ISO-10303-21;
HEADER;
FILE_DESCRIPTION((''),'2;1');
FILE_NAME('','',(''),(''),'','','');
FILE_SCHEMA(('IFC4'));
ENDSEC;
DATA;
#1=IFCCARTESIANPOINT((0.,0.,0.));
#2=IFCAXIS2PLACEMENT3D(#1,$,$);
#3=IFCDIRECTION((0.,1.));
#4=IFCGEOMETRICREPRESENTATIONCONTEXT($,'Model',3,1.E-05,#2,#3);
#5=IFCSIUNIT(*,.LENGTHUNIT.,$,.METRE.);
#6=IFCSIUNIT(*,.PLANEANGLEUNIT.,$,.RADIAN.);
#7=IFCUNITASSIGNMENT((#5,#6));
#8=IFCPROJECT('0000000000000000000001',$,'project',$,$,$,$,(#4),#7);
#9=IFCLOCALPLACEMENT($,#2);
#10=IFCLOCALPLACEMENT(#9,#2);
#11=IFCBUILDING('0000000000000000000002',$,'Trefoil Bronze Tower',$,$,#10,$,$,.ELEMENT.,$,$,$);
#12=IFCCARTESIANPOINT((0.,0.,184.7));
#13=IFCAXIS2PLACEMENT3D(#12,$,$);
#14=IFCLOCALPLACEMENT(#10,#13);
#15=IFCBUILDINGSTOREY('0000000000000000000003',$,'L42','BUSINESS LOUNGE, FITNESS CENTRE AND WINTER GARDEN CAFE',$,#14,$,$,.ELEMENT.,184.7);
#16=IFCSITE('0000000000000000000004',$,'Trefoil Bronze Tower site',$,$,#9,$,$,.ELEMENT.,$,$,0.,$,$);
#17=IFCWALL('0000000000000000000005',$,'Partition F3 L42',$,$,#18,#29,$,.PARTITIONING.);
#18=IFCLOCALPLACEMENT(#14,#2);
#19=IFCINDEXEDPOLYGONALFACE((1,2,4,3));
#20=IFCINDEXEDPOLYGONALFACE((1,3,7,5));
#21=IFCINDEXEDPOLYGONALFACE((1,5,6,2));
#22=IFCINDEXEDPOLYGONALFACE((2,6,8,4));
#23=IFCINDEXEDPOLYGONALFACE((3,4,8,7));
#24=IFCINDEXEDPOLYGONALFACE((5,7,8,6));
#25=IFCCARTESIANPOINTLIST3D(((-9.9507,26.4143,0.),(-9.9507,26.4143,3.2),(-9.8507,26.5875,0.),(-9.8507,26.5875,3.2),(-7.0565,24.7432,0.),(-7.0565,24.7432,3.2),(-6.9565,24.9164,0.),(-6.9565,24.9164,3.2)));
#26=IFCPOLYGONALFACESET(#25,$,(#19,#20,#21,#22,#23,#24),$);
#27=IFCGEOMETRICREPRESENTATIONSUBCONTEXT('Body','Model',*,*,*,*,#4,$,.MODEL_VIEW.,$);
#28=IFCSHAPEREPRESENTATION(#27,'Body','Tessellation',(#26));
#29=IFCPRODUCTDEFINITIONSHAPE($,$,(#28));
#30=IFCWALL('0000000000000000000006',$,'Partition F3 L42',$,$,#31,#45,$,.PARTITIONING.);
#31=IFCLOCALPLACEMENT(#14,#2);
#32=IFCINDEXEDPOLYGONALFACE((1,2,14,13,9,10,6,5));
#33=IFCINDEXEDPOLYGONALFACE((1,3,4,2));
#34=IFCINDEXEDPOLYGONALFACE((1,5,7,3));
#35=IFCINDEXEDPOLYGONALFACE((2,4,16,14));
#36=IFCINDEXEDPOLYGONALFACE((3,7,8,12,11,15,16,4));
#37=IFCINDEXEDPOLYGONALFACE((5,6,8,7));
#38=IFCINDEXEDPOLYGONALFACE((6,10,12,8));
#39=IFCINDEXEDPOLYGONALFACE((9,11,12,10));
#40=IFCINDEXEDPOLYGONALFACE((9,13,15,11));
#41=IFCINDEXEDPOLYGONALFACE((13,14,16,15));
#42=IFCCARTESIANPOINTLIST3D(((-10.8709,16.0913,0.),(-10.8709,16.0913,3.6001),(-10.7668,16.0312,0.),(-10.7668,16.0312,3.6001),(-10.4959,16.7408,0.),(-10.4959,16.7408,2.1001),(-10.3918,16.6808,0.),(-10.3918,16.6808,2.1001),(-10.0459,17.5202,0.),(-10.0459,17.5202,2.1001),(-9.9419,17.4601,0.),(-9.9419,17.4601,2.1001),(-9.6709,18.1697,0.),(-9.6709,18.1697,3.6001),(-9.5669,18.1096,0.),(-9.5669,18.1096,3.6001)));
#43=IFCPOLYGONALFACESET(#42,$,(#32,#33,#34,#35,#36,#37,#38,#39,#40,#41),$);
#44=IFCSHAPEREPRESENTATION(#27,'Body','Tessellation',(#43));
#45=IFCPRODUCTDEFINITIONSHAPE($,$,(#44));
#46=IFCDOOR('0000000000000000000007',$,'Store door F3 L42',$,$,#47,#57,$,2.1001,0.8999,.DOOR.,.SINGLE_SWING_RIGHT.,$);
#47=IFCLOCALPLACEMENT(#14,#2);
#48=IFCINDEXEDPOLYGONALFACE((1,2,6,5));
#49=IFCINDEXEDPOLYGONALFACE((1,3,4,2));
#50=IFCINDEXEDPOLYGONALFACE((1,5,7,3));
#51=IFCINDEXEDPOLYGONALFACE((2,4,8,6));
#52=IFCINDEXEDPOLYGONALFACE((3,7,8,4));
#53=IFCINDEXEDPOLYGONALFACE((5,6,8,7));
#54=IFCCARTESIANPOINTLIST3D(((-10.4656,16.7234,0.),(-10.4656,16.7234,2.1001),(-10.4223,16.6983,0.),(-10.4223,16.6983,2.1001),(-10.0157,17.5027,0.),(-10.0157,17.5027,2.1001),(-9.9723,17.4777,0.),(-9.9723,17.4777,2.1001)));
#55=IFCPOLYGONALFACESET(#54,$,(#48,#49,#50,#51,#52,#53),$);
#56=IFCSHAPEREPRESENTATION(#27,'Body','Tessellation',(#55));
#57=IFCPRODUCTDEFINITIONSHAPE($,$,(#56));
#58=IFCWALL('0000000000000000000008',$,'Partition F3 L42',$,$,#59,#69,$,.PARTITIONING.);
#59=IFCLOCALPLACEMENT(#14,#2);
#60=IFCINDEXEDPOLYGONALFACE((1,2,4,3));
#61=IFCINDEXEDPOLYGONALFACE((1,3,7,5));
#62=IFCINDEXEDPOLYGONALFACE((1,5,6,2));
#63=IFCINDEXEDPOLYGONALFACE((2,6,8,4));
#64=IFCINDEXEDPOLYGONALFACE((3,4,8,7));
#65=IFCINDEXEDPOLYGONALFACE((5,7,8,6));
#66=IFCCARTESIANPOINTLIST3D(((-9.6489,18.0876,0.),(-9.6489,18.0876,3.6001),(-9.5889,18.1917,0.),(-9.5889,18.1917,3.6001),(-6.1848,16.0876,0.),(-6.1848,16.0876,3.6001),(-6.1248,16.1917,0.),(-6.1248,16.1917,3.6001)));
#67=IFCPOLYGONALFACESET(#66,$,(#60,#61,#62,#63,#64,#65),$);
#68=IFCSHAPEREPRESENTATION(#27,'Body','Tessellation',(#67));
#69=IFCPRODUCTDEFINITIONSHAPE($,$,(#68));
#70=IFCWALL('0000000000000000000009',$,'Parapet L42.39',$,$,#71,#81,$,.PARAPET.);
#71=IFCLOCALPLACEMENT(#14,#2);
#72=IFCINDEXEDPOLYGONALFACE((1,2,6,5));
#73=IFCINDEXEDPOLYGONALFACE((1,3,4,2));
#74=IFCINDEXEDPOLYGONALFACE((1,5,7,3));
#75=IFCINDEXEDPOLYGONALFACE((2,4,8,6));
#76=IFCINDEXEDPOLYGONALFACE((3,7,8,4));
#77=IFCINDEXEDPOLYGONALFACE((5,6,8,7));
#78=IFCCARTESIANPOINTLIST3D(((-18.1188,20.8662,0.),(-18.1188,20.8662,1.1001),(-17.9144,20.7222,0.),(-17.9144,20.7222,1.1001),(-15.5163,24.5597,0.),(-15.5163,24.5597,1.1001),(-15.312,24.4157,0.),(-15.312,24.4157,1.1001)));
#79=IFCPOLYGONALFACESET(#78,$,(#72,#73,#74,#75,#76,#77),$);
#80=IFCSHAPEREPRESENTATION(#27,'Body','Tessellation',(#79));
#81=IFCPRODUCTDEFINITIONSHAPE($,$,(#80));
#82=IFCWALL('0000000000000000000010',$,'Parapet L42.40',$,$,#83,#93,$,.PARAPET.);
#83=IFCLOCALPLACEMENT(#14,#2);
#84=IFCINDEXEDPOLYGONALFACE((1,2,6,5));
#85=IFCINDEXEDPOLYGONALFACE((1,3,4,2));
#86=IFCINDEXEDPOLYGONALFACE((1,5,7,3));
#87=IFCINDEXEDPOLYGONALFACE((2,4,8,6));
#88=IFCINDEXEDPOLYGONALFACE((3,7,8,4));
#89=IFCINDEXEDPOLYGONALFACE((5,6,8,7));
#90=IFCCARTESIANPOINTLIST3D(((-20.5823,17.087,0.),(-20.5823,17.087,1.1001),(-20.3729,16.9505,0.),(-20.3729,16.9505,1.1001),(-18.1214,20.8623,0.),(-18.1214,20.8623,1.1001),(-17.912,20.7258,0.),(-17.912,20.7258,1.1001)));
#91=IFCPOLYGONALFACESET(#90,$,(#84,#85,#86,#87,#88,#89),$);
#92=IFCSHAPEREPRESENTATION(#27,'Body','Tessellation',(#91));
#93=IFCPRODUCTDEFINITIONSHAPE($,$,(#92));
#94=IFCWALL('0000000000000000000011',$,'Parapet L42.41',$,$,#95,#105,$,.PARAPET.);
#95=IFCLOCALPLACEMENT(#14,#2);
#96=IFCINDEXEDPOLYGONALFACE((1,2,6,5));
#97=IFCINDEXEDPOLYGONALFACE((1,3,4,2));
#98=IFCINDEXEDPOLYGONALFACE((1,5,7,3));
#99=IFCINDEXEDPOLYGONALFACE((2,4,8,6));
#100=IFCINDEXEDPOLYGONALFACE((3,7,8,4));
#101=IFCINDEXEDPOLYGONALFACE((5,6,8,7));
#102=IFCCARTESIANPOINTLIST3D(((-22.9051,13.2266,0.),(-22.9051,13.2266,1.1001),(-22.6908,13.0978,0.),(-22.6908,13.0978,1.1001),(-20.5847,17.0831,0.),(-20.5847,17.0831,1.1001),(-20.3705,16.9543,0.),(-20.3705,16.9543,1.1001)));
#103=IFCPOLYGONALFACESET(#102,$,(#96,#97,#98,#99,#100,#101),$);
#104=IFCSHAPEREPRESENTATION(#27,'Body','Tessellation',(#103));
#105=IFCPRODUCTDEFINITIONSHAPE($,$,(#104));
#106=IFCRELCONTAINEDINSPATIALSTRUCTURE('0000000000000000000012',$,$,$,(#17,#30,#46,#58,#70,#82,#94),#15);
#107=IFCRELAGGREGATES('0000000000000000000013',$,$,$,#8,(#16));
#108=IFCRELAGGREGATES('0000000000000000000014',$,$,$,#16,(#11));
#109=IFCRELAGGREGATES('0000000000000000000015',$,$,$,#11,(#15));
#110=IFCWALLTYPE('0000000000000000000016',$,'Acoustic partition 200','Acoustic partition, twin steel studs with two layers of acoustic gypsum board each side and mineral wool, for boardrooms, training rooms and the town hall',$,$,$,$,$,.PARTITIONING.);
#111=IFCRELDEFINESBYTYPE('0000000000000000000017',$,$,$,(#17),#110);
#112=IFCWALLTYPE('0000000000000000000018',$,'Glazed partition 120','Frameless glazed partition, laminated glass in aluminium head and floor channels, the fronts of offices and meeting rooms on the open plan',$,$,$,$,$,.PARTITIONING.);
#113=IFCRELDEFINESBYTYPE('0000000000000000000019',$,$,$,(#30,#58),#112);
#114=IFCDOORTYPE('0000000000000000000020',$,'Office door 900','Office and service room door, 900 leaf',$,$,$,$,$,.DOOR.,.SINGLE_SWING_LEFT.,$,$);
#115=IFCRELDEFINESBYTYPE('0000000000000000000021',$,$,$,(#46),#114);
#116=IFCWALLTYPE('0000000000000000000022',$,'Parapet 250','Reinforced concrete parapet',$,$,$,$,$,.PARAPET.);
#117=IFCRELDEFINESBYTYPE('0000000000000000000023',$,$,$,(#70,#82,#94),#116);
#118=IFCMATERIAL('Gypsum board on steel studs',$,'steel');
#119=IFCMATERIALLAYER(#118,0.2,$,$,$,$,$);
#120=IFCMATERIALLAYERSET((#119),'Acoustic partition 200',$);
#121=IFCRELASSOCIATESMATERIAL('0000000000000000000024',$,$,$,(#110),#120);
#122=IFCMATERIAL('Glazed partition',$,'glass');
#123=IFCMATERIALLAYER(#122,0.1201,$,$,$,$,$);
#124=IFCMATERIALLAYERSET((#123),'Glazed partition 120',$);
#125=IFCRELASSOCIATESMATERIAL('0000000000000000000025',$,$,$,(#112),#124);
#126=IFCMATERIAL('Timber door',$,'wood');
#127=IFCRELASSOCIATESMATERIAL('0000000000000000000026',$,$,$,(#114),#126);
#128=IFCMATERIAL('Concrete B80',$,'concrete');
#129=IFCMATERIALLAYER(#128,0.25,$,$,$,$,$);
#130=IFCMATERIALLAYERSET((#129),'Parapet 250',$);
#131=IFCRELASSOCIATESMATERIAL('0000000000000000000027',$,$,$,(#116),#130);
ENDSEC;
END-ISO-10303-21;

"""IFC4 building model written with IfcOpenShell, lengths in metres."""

from ifc_helpers import new_model, si_unit, direction, frame, frame_2d, origin, place, context, subcontext, project, spatial, rectangle, extrude, material, layer, layer_set, type_object, element, fill, save


model = new_model("IFC4")

# Units and contexts
model_context = context("Model", 3, precision=1e-05, world=origin(), true_north=direction((0.0, 1.0)))
body_context = subcontext(model_context, "Body", "Model", "MODEL_VIEW")
ifc_project = project(units=[si_unit("LENGTHUNIT", "METRE"), si_unit("PLANEANGLEUNIT", "RADIAN")], contexts=[model_context])

# Site, building, storey
site_placement = place(None, origin())
site = spatial("IfcSite", under=ifc_project, at=site_placement, Name="Trefoil Bronze Tower site", CompositionType="ELEMENT", RefElevation=0.0)
building_placement = place(site_placement, origin())
building = spatial("IfcBuilding", under=site, at=building_placement, Name="Trefoil Bronze Tower", CompositionType="ELEMENT")
storey_placement = place(building_placement, frame((0.0, 0.0, 184.7)))
storey = spatial("IfcBuildingStorey", under=building, at=storey_placement, Name="L42", Description="BUSINESS LOUNGE, FITNESS CENTRE AND WINTER GARDEN CAFE", CompositionType="ELEMENT", Elevation=184.7)

# Shared definitions
ifc_material_1 = material(Name="Gypsum board on steel studs", Category="steel")
ifc_layer_1 = layer(ifc_material_1, 0.2)
ifc_layer_set_1 = layer_set([ifc_layer_1], Name="Acoustic partition 200")
wall_type_1 = type_object("IfcWallType", Name="Acoustic partition 200", Description="Acoustic partition, twin steel studs with two layers of acoustic gypsum board each side and mineral wool, for boardrooms, training rooms and the town hall", PredefinedType="PARTITIONING", material=ifc_layer_set_1)

# Wall
wall_1_placement = place(storey_placement, frame((-7.0066, 24.8298, 0.0), z_axis=(0.0, 0.0, 1.0), x_axis=(-0.866009, 0.500028, 0.0)))
element("IfcWall", 1, at=wall_1_placement, inside=storey, type_object=wall_type_1, Name="Partition F3 L42", PredefinedType="PARTITIONING", context=body_context, shape_type="SweptSolid", body=[
    extrude(rectangle(XDim=3.342, YDim=0.2, at=frame_2d((1.6709, 0.0))), origin(), (0.0, 0.0, 1.0), 3.2),
])

# Wall, opening, door
ifc_material_2 = material(Name="Glazed partition", Category="glass")
ifc_layer_2 = layer(ifc_material_2, 0.1201)
ifc_layer_set_2 = layer_set([ifc_layer_2], Name="Glazed partition 120")
wall_type_2 = type_object("IfcWallType", Name="Glazed partition 120", Description="Frameless glazed partition, laminated glass in aluminium head and floor channels, the fronts of offices and meeting rooms on the open plan", PredefinedType="PARTITIONING", material=ifc_layer_set_2)
wall_2_placement = place(storey_placement, frame((-9.6189, 18.1396, 0.0), z_axis=(0.0, 0.0, 1.0), x_axis=(-0.500001, -0.866025, 0.0)))
wall_2 = element("IfcWall", 2, at=wall_2_placement, inside=storey, type_object=wall_type_2, Name="Partition F3 L42", PredefinedType="PARTITIONING", context=body_context, shape_type="SweptSolid", body=[
    extrude(rectangle(XDim=2.3999, YDim=0.1201, at=frame_2d((1.2, 0.0))), origin(), (0.0, 0.0, 1.0), 3.6001),
])
opening_1_placement = place(wall_2_placement, frame((0.75, 0.0, 0.0)))
opening_1 = element("IfcOpeningElement", 3, at=opening_1_placement, cuts=wall_2, PredefinedType="OPENING", context=body_context, shape_type="SweptSolid", body=[
    extrude(rectangle(XDim=0.8999, YDim=2.1001, at=frame_2d((0.45, 1.05))), frame((0.0, 0.0701, 0.0), z_axis=(0.0, -1.0, 0.0), x_axis=(1.0, 0.0, 0.0)), (0.0, 0.0, 1.0), 0.1401),
])
ifc_material_3 = material(Name="Timber door", Category="wood")
door_type_1 = type_object("IfcDoorType", Name="Office door 900", Description="Office and service room door, 900 leaf", OperationType="SINGLE_SWING_LEFT", PredefinedType="DOOR", material=ifc_material_3)
door_1_placement = place(opening_1_placement, origin())
door_1 = element("IfcDoor", 4, at=door_1_placement, inside=storey, type_object=door_type_1, Name="Store door F3 L42", OperationType="SINGLE_SWING_RIGHT", OverallHeight=2.1001, OverallWidth=0.8999, PredefinedType="DOOR", context=body_context, shape_type="SweptSolid", body=[
    extrude(rectangle(XDim=0.8999, YDim=2.1001, at=frame_2d((0.45, 1.05))), frame((0.0, 0.0249, 0.0), z_axis=(0.0, -1.0, 0.0), x_axis=(1.0, 0.0, 0.0)), (0.0, 0.0, 1.0), 0.05),
])
fill(opening_1, door_1)

# Walls
wall_3_placement = place(storey_placement, frame((-6.1548, 16.1396, 0.0), z_axis=(0.0, 0.0, 1.0), x_axis=(-0.866026, 0.499999, 0.0)))
element("IfcWall", 5, at=wall_3_placement, inside=storey, type_object=wall_type_2, Name="Partition F3 L42", PredefinedType="PARTITIONING", context=body_context, shape_type="SweptSolid", body=[
    extrude(rectangle(XDim=4.0, YDim=0.1201, at=frame_2d((2.0, 0.0))), origin(), (0.0, 0.0, 1.0), 3.6001),
])
ifc_material_4 = material(Name="Concrete B80", Category="concrete")
ifc_layer_3 = layer(ifc_material_4, 0.25)
ifc_layer_set_3 = layer_set([ifc_layer_3], Name="Parapet 250")
wall_type_3 = type_object("IfcWallType", Name="Parapet 250", Description="Reinforced concrete parapet", PredefinedType="PARAPET", material=ifc_layer_set_3)
wall_4_placement = place(storey_placement, frame((-15.4141, 24.4878, 0.0), z_axis=(0.0, 0.0, 1.0), x_axis=(-0.575987, -0.817459, 0.0)))
element("IfcWall", 6, at=wall_4_placement, inside=storey, type_object=wall_type_3, Name="Parapet L42.39", PredefinedType="PARAPET", context=body_context, shape_type="SweptSolid", body=[
    extrude(rectangle(XDim=4.5183, YDim=0.25, at=frame_2d((2.2593, 0.0))), origin(), (0.0, 0.0, 1.0), 1.1001),
])
wall_5_placement = place(storey_placement, frame((-18.0166, 20.7942, 0.0), z_axis=(0.0, 0.0, 1.0), x_axis=(-0.546069, -0.83774, 0.0)))
element("IfcWall", 7, at=wall_5_placement, inside=storey, type_object=wall_type_3, Name="Parapet L42.40", PredefinedType="PARAPET", context=body_context, shape_type="SweptSolid", body=[
    extrude(rectangle(XDim=4.5066, YDim=0.25, at=frame_2d((2.2534, 0.0))), origin(), (0.0, 0.0, 1.0), 1.1001),
])
wall_6_placement = place(storey_placement, frame((-20.4775, 17.0188, 0.0), z_axis=(0.0, 0.0, 1.0), x_axis=(-0.515548, -0.85686, 0.0)))
element("IfcWall", 8, at=wall_6_placement, inside=storey, type_object=wall_type_3, Name="Parapet L42.41", PredefinedType="PARAPET", context=body_context, shape_type="SweptSolid", body=[
    extrude(rectangle(XDim=4.5007, YDim=0.25, at=frame_2d((2.2505, 0.0))), origin(), (0.0, 0.0, 1.0), 1.1001),
])

save(model, "model.ifc")
